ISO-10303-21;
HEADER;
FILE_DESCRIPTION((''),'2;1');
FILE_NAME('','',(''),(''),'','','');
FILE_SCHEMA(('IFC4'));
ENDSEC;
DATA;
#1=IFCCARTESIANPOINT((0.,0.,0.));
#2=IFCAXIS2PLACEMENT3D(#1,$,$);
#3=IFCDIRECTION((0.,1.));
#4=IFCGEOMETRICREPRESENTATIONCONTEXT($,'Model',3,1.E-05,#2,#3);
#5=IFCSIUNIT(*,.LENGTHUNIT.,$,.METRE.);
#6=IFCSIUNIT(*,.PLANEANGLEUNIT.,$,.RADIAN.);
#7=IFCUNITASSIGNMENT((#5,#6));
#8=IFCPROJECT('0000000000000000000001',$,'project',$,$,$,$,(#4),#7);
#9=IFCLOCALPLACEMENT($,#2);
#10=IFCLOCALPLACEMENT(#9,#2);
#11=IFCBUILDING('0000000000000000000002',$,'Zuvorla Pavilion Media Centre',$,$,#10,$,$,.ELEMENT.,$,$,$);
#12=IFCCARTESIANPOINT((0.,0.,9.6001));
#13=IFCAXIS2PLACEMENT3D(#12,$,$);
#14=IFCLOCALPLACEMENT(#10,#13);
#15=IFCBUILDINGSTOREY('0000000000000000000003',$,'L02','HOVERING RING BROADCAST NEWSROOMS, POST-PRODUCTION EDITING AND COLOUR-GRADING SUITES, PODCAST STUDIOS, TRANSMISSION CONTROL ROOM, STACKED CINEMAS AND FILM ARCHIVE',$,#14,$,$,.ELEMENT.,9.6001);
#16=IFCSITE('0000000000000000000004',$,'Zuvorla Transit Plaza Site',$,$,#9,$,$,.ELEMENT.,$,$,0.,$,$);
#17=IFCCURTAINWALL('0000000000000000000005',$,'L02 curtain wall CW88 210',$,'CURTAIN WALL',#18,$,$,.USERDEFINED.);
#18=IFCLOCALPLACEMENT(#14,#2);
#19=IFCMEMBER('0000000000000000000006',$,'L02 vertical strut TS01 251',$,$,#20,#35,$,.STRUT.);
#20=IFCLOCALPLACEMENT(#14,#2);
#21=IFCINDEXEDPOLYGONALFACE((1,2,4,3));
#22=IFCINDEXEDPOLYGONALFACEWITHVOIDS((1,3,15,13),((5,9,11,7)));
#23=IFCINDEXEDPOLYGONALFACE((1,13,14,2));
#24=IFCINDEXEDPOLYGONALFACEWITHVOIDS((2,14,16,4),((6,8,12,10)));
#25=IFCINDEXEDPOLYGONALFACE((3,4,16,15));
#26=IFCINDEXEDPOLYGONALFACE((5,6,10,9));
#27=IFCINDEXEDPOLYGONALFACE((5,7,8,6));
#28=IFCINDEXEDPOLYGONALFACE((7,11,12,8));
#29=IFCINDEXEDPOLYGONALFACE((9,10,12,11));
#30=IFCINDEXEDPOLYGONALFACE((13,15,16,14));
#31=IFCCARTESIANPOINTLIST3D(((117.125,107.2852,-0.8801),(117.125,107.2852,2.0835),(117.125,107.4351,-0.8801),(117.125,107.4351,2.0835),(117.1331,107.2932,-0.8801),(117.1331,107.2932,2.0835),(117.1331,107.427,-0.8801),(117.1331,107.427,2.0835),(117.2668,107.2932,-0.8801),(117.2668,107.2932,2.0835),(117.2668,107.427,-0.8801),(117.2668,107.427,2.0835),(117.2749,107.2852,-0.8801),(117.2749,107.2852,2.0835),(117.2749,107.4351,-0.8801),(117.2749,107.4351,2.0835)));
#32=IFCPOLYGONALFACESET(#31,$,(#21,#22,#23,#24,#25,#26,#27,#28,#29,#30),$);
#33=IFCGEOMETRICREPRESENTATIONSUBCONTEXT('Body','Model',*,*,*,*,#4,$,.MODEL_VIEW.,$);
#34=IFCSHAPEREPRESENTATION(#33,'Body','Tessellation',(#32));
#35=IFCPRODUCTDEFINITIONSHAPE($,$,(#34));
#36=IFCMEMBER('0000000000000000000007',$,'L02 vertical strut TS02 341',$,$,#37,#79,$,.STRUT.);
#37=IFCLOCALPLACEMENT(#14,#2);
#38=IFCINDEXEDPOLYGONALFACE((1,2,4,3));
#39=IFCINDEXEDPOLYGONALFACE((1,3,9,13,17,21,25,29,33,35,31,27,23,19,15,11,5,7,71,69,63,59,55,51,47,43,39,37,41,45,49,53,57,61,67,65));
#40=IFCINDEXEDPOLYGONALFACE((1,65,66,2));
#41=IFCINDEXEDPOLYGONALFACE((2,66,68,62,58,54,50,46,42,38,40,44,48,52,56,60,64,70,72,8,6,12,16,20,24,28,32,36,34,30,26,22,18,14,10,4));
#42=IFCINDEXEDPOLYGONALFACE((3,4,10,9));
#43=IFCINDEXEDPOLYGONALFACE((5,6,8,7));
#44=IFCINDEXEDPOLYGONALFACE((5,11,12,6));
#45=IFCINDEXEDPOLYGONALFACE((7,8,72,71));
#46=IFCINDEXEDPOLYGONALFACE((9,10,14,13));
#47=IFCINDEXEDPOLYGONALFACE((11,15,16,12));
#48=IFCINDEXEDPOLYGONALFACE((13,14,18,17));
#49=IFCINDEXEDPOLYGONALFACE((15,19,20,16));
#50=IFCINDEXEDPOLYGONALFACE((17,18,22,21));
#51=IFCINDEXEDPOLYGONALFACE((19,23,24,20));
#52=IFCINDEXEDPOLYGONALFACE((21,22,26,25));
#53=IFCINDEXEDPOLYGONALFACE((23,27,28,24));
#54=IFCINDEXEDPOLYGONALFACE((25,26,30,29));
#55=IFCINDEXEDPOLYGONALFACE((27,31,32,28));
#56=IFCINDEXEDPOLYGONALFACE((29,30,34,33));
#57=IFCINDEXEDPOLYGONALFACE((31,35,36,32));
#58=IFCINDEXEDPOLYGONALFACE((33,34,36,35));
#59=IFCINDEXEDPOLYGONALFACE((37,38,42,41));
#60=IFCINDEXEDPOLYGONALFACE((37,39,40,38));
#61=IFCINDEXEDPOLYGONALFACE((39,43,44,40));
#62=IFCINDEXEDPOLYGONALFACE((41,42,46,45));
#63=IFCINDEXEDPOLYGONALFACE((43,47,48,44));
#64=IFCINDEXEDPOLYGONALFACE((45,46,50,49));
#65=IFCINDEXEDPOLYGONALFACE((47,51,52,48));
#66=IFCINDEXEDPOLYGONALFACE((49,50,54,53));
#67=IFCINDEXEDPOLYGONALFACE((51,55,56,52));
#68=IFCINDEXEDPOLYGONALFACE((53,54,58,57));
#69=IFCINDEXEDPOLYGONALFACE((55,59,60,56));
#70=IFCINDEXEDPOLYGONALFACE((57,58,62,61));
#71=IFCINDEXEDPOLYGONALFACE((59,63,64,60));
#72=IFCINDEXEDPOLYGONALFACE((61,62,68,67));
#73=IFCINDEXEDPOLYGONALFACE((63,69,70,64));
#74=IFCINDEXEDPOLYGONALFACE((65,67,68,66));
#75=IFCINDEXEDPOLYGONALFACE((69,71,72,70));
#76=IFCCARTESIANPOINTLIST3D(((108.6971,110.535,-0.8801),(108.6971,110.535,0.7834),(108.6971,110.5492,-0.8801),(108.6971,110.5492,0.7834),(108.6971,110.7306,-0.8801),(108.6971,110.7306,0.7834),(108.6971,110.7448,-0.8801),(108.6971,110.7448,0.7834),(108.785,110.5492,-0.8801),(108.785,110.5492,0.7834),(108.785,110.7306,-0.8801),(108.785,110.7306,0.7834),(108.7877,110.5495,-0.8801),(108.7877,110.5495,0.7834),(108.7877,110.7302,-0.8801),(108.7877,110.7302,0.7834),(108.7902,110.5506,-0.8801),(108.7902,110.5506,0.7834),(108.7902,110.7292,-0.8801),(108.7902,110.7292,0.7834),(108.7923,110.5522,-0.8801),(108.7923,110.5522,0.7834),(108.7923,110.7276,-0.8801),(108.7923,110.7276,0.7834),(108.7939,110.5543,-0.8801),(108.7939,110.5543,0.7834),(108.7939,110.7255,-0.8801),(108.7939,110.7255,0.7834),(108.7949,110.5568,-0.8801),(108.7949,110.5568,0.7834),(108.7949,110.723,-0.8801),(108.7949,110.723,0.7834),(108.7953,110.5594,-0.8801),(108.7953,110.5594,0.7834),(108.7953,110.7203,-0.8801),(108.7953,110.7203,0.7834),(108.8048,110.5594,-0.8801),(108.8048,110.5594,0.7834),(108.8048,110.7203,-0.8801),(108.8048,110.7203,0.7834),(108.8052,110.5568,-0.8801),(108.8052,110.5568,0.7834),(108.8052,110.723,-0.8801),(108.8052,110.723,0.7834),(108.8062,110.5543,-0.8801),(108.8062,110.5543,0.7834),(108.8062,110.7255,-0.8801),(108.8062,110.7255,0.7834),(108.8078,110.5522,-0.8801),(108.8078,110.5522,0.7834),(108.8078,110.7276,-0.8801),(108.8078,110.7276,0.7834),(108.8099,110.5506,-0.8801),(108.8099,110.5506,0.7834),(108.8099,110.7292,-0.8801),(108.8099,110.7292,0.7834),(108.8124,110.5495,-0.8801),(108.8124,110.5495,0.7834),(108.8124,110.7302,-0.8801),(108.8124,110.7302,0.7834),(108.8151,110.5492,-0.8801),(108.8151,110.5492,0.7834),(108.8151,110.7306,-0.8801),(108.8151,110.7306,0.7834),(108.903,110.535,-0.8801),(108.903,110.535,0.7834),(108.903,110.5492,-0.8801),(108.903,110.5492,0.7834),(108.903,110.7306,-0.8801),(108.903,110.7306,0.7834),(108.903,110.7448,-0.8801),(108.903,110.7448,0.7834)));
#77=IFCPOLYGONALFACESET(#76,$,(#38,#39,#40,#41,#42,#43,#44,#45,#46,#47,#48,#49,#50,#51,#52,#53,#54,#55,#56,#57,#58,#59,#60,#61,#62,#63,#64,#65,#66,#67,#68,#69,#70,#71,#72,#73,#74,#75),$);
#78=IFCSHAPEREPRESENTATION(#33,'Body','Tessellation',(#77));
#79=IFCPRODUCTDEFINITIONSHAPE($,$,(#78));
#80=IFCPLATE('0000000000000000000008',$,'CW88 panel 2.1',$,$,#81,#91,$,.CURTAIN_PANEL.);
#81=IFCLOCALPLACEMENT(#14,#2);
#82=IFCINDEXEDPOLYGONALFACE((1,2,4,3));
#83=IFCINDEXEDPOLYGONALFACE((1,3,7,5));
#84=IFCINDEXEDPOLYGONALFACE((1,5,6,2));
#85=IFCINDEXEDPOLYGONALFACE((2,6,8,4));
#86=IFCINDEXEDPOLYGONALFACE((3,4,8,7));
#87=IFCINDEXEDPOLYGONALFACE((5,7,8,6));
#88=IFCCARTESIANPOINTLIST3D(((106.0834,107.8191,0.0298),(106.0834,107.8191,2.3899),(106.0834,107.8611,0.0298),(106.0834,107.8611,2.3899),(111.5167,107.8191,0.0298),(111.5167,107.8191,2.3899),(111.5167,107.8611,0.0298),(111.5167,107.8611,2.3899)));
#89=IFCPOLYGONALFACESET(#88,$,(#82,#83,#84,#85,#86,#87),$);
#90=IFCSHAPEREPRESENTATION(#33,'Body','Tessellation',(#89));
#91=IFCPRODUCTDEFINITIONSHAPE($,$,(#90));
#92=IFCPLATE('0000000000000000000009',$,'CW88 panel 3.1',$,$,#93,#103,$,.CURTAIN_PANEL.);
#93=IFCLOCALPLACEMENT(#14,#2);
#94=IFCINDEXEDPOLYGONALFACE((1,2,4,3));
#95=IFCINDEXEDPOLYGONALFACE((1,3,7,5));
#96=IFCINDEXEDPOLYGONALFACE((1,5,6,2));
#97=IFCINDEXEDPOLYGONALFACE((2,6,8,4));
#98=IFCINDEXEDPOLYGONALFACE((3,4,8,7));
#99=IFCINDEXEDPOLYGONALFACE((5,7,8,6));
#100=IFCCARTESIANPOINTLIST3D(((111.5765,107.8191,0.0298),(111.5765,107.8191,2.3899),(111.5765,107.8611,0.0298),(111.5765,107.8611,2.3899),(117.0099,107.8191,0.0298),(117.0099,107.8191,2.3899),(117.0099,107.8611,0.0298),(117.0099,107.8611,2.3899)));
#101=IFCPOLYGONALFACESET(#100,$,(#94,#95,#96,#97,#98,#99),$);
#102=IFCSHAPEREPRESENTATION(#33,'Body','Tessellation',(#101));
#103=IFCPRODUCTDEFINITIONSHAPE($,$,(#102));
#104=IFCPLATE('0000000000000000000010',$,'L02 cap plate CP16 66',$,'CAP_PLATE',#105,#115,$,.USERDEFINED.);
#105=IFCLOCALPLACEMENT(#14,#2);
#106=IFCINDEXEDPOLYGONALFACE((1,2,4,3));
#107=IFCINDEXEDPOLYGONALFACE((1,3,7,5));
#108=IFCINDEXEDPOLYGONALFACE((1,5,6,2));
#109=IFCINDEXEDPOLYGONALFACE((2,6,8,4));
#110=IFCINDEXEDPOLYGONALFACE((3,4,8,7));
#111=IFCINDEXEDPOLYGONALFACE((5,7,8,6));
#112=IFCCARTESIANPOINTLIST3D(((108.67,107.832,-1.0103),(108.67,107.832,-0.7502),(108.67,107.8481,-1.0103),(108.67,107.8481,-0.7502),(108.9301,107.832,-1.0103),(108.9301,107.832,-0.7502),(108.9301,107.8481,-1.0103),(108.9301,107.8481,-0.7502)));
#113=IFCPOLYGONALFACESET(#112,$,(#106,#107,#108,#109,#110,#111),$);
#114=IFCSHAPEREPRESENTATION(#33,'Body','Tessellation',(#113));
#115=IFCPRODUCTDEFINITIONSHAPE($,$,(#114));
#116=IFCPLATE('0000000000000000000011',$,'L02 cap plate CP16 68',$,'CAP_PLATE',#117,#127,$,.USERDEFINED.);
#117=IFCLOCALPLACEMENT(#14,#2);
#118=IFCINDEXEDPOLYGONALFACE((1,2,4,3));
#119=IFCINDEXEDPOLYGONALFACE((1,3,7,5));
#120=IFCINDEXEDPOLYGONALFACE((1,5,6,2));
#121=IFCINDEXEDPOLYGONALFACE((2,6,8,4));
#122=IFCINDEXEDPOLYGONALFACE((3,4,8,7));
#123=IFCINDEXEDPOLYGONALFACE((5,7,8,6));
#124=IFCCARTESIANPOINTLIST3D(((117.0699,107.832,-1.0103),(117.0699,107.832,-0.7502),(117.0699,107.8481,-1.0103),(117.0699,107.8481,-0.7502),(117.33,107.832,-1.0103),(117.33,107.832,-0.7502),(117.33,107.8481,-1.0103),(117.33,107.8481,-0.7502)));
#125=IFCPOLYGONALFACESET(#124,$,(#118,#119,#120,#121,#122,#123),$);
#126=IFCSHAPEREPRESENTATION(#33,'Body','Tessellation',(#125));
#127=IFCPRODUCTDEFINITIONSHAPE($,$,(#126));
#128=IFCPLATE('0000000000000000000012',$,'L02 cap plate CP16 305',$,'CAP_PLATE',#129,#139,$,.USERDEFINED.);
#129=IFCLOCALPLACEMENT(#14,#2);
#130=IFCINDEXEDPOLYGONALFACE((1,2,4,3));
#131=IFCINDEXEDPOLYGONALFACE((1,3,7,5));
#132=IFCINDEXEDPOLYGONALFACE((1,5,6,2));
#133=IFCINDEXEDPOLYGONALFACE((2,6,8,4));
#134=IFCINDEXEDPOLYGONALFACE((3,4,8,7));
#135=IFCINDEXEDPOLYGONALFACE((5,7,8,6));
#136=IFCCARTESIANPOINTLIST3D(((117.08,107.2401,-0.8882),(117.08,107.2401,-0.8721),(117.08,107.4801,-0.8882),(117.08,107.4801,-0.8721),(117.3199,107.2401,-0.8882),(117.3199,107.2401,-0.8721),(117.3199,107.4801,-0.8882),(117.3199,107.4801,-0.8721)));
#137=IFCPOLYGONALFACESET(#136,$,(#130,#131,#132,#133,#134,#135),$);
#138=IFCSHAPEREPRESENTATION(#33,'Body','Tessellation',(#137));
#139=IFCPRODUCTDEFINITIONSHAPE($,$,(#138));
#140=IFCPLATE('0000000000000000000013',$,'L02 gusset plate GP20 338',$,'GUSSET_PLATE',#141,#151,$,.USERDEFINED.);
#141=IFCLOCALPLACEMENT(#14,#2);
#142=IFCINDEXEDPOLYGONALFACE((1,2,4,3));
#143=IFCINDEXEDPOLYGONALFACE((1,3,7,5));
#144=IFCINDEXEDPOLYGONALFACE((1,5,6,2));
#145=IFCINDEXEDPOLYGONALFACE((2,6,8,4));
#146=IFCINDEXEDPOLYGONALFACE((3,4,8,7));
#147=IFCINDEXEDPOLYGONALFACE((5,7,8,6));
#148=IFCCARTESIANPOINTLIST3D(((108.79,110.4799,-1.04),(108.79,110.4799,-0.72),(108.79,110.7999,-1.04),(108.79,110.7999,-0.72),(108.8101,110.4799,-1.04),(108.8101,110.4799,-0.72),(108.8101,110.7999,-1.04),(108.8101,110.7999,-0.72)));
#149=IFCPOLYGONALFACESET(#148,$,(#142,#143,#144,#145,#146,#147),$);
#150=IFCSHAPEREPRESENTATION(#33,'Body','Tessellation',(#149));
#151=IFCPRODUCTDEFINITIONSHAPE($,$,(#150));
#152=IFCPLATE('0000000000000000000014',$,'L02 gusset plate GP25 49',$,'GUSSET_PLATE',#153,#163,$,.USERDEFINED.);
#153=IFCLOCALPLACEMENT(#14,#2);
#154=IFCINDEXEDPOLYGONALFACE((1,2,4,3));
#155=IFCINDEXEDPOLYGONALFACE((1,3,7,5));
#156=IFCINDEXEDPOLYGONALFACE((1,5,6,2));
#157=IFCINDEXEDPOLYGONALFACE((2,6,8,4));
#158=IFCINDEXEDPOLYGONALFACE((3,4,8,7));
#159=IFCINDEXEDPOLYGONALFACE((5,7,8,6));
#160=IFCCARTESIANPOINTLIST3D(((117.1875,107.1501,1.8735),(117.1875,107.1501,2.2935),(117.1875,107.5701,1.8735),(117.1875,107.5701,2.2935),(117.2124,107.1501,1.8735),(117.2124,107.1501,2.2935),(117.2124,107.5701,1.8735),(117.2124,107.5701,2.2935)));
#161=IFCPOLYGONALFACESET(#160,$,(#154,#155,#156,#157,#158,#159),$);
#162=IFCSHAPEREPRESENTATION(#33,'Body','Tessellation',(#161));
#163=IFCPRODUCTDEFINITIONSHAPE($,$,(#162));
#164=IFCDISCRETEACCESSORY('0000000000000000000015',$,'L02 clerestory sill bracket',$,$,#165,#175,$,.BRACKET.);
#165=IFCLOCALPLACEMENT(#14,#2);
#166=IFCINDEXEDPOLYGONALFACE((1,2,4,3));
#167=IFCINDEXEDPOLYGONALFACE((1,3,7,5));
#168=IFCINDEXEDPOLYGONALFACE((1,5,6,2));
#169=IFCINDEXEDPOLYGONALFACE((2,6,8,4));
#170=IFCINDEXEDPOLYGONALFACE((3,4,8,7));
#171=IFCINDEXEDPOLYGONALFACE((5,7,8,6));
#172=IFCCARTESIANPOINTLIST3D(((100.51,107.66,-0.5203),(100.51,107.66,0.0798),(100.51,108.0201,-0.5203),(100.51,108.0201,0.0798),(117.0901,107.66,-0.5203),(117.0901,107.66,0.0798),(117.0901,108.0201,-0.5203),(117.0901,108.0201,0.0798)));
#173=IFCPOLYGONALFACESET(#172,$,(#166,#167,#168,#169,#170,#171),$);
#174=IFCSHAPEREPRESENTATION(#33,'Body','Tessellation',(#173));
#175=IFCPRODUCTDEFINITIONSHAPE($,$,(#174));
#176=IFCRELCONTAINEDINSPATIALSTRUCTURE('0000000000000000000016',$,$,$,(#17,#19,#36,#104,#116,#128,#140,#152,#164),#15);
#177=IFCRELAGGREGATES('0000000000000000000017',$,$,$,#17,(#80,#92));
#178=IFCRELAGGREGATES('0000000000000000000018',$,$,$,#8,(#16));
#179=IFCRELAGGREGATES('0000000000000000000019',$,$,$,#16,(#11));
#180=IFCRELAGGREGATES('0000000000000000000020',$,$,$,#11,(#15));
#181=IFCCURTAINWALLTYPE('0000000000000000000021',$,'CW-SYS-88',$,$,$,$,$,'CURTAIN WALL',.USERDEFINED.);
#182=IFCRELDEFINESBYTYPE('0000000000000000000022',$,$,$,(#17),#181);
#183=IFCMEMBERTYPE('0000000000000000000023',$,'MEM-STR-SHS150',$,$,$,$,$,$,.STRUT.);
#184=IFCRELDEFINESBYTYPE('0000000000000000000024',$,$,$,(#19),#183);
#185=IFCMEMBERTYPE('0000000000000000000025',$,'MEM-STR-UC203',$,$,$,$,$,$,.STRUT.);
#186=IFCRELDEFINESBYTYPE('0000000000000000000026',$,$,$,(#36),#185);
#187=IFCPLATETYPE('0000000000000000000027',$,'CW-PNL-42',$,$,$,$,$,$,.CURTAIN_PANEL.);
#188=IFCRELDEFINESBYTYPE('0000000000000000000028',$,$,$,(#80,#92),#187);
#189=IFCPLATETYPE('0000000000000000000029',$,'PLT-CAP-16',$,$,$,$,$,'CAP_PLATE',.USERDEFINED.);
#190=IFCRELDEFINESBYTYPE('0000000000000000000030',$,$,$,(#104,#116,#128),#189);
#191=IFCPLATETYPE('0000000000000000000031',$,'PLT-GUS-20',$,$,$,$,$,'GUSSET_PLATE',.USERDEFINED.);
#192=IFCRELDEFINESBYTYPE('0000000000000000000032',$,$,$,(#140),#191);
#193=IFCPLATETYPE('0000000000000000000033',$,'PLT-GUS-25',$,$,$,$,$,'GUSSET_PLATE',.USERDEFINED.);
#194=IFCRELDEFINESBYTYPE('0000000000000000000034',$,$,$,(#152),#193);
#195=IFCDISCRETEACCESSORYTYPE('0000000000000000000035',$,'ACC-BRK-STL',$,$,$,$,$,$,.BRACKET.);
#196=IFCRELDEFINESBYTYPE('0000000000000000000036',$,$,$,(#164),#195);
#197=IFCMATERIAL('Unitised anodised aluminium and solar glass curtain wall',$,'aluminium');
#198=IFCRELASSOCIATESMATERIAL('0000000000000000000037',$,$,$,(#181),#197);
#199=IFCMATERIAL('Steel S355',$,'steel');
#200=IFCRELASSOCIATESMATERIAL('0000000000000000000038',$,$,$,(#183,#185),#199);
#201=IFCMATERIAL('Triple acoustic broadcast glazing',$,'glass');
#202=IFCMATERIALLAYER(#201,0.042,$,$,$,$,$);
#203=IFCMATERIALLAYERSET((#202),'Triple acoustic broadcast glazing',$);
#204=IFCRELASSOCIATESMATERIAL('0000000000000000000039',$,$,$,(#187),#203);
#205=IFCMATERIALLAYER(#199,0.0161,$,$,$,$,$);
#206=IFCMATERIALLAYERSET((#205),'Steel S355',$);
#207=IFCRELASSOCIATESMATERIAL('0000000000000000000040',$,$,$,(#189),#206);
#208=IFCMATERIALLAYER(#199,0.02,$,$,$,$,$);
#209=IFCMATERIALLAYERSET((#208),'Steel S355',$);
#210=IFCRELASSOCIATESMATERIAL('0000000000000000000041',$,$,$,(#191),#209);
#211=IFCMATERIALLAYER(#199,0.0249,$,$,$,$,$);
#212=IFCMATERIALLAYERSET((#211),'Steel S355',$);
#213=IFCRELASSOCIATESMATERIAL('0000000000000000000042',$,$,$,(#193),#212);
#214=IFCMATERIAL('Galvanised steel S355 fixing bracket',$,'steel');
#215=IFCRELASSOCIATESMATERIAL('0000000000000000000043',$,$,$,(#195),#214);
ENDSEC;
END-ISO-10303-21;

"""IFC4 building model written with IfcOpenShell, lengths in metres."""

from ifc_helpers import new_model, si_unit, direction, frame, origin, origin_2d, place, context, subcontext, project, spatial, rectangle, hollow_rectangle, i_section, extrude, material, layer, layer_set, material_profile, profile_set, type_object, element, aggregate, save


model = new_model("IFC4")

# Units and contexts
model_context = context("Model", 3, precision=1e-05, world=origin(), true_north=direction((0.0, 1.0)))
body_context = subcontext(model_context, "Body", "Model", "MODEL_VIEW")
ifc_project = project(units=[si_unit("LENGTHUNIT", "METRE"), si_unit("PLANEANGLEUNIT", "RADIAN")], contexts=[model_context])

# Site, building, storey
site_placement = place(None, origin())
site = spatial("IfcSite", under=ifc_project, at=site_placement, Name="Zuvorla Transit Plaza Site", CompositionType="ELEMENT", RefElevation=0.0)
building_placement = place(site_placement, origin())
building = spatial("IfcBuilding", under=site, at=building_placement, Name="Zuvorla Pavilion Media Centre", CompositionType="ELEMENT")
storey_placement = place(building_placement, frame((0.0, 0.0, 9.6001)))
storey = spatial("IfcBuildingStorey", under=building, at=storey_placement, Name="L02", Description="HOVERING RING BROADCAST NEWSROOMS, POST-PRODUCTION EDITING AND COLOUR-GRADING SUITES, PODCAST STUDIOS, TRANSMISSION CONTROL ROOM, STACKED CINEMAS AND FILM ARCHIVE", CompositionType="ELEMENT", Elevation=9.6001)

# Shared definitions
ifc_material_1 = material(Name="Steel S355", Category="steel")

# Curtain wall
ifc_material_2 = material(Name="Unitised anodised aluminium and solar glass curtain wall", Category="aluminium")
curtain_wall_type = type_object("IfcCurtainWallType", Name="CW-SYS-88", ElementType="CURTAIN WALL", PredefinedType="USERDEFINED", material=ifc_material_2)
curtain_wall_placement = place(storey_placement, origin())
curtain_wall = element("IfcCurtainWall", 1, at=curtain_wall_placement, inside=storey, type_object=curtain_wall_type, Name="L02 curtain wall CW88 210", ObjectType="CURTAIN WALL", PredefinedType="USERDEFINED")

# Members
ifc_material_profile_1 = material_profile(ifc_material_1, hollow_rectangle(XDim=0.1499, YDim=0.1499, WallThickness=0.0081, at=origin_2d()), Name="SHS 150x150x8")
ifc_profile_set_1 = profile_set([ifc_material_profile_1], Name="Steel S355")
member_type_1 = type_object("IfcMemberType", Name="MEM-STR-SHS150", PredefinedType="STRUT", material=ifc_profile_set_1)
member_1_placement = place(storey_placement, frame((117.2, 107.3601, -0.8801), z_axis=(0.0, 0.0, 1.0), x_axis=(1.0, 0.0, 0.0)))
element("IfcMember", 2, at=member_1_placement, inside=storey, type_object=member_type_1, Name="L02 vertical strut TS01 251", PredefinedType="STRUT", context=body_context, shape_type="SweptSolid", body=[
    extrude(hollow_rectangle(XDim=0.1499, YDim=0.1499, WallThickness=0.0081, at=origin_2d()), origin(), (0.0, 0.0, 1.0), 2.9636),
])
ifc_material_profile_2 = material_profile(ifc_material_1, i_section(OverallWidth=0.2058, OverallDepth=0.2097, WebThickness=0.0095, FlangeThickness=0.0142, FilletRadius=0.0103, at=origin_2d()), Name="UC 203x203x60")
ifc_profile_set_2 = profile_set([ifc_material_profile_2], Name="Steel S355")
member_type_2 = type_object("IfcMemberType", Name="MEM-STR-UC203", PredefinedType="STRUT", material=ifc_profile_set_2)
member_2_placement = place(storey_placement, frame((108.8, 110.6399, -0.8801), z_axis=(0.0, 0.0, 1.0), x_axis=(1.0, 0.0, 0.0)))
element("IfcMember", 3, at=member_2_placement, inside=storey, type_object=member_type_2, Name="L02 vertical strut TS02 341", PredefinedType="STRUT", context=body_context, shape_type="SweptSolid", body=[
    extrude(i_section(OverallWidth=0.2058, OverallDepth=0.2097, WebThickness=0.0095, FlangeThickness=0.0142, FilletRadius=0.0103, at=origin_2d()), origin(), (0.0, 0.0, 1.0), 1.6636),
])

# Plates
ifc_material_3 = material(Name="Triple acoustic broadcast glazing", Category="glass")
ifc_layer_1 = layer(ifc_material_3, 0.042)
ifc_layer_set_1 = layer_set([ifc_layer_1], Name="Triple acoustic broadcast glazing")
plate_type_1 = type_object("IfcPlateType", Name="CW-PNL-42", PredefinedType="CURTAIN_PANEL", material=ifc_layer_set_1)
plate_1_placement = place(storey_placement, frame((108.8, 107.8401, 0.0298), z_axis=(0.0, 0.0, 1.0), x_axis=(1.0, 0.0, 0.0)))
plate_1 = element("IfcPlate", 4, at=plate_1_placement, type_object=plate_type_1, Name="CW88 panel 2.1", PredefinedType="CURTAIN_PANEL", context=body_context, shape_type="SweptSolid", body=[
    extrude(rectangle(XDim=5.4333, YDim=0.042, at=origin_2d()), origin(), (0.0, 0.0, 1.0), 2.3601),
])
plate_2_placement = place(storey_placement, frame((114.2932, 107.8401, 0.0298), z_axis=(0.0, 0.0, 1.0), x_axis=(1.0, 0.0, 0.0)))
plate_2 = element("IfcPlate", 5, at=plate_2_placement, type_object=plate_type_1, Name="CW88 panel 3.1", PredefinedType="CURTAIN_PANEL", context=body_context, shape_type="SweptSolid", body=[
    extrude(rectangle(XDim=5.4333, YDim=0.042, at=origin_2d()), origin(), (0.0, 0.0, 1.0), 2.3601),
])
aggregate(curtain_wall, [plate_1, plate_2])

# Plates
ifc_layer_2 = layer(ifc_material_1, 0.0161)
ifc_layer_set_2 = layer_set([ifc_layer_2], Name="Steel S355")
plate_type_2 = type_object("IfcPlateType", Name="PLT-CAP-16", ElementType="CAP_PLATE", PredefinedType="USERDEFINED", material=ifc_layer_set_2)
for number, where, z_axis, x_axis, name in (
    (6, (108.8, 107.8401, -1.0103), (0.0, 0.0, 1.0), (1.0, 0.0, 0.0), "L02 cap plate CP16 66"),
    (7, (117.2, 107.8401, -1.0103), (0.0, 0.0, 1.0), (1.0, 0.0, 0.0), "L02 cap plate CP16 68"),
):
    element("IfcPlate", number, at=place(storey_placement, frame(where, z_axis=z_axis, x_axis=x_axis)), inside=storey, type_object=plate_type_2, Name=name, ObjectType="CAP_PLATE", PredefinedType="USERDEFINED", context=body_context, shape_type="SweptSolid", body=[
        extrude(rectangle(XDim=0.26, YDim=0.0161, at=origin_2d()), origin(), (0.0, 0.0, 1.0), 0.26),
    ])
plate_3_placement = place(storey_placement, frame((117.2, 107.3601, -0.8882), z_axis=(0.0, 0.0, 1.0), x_axis=(1.0, 0.0, 0.0)))
element("IfcPlate", 8, at=plate_3_placement, inside=storey, type_object=plate_type_2, Name="L02 cap plate CP16 305", ObjectType="CAP_PLATE", PredefinedType="USERDEFINED", context=body_context, shape_type="SweptSolid", body=[
    extrude(rectangle(XDim=0.24, YDim=0.24, at=origin_2d()), origin(), (0.0, 0.0, 1.0), 0.0161),
])
ifc_layer_3 = layer(ifc_material_1, 0.02)
ifc_layer_set_3 = layer_set([ifc_layer_3], Name="Steel S355")
plate_type_3 = type_object("IfcPlateType", Name="PLT-GUS-20", ElementType="GUSSET_PLATE", PredefinedType="USERDEFINED", material=ifc_layer_set_3)
plate_4_placement = place(storey_placement, frame((108.8, 110.6399, -1.04), z_axis=(0.0, 0.0, 1.0), x_axis=(1.0, 0.0, 0.0)))
element("IfcPlate", 9, at=plate_4_placement, inside=storey, type_object=plate_type_3, Name="L02 gusset plate GP20 338", ObjectType="GUSSET_PLATE", PredefinedType="USERDEFINED", context=body_context, shape_type="SweptSolid", body=[
    extrude(rectangle(XDim=0.02, YDim=0.3201, at=origin_2d()), origin(), (0.0, 0.0, 1.0), 0.3201),
])
ifc_layer_4 = layer(ifc_material_1, 0.0249)
ifc_layer_set_4 = layer_set([ifc_layer_4], Name="Steel S355")
plate_type_4 = type_object("IfcPlateType", Name="PLT-GUS-25", ElementType="GUSSET_PLATE", PredefinedType="USERDEFINED", material=ifc_layer_set_4)
plate_5_placement = place(storey_placement, frame((117.2, 107.3601, 1.8735), z_axis=(0.0, 0.0, 1.0), x_axis=(1.0, 0.0, 0.0)))
element("IfcPlate", 10, at=plate_5_placement, inside=storey, type_object=plate_type_4, Name="L02 gusset plate GP25 49", ObjectType="GUSSET_PLATE", PredefinedType="USERDEFINED", context=body_context, shape_type="SweptSolid", body=[
    extrude(rectangle(XDim=0.0249, YDim=0.4199, at=origin_2d()), origin(), (0.0, 0.0, 1.0), 0.4199),
])

# Discrete accessory
ifc_material_4 = material(Name="Galvanised steel S355 fixing bracket", Category="steel")
discrete_accessory_type = type_object("IfcDiscreteAccessoryType", Name="ACC-BRK-STL", PredefinedType="BRACKET", material=ifc_material_4)
discrete_accessory_placement = place(storey_placement, frame((108.8, 107.8401, -0.5203), z_axis=(0.0, 0.0, 1.0), x_axis=(1.0, 0.0, 0.0)))
element("IfcDiscreteAccessory", 11, at=discrete_accessory_placement, inside=storey, type_object=discrete_accessory_type, Name="L02 clerestory sill bracket", PredefinedType="BRACKET", context=body_context, shape_type="SweptSolid", body=[
    extrude(rectangle(XDim=16.5801, YDim=0.3601, at=origin_2d()), origin(), (0.0, 0.0, 1.0), 0.6001),
])

save(model, "model.ifc")
